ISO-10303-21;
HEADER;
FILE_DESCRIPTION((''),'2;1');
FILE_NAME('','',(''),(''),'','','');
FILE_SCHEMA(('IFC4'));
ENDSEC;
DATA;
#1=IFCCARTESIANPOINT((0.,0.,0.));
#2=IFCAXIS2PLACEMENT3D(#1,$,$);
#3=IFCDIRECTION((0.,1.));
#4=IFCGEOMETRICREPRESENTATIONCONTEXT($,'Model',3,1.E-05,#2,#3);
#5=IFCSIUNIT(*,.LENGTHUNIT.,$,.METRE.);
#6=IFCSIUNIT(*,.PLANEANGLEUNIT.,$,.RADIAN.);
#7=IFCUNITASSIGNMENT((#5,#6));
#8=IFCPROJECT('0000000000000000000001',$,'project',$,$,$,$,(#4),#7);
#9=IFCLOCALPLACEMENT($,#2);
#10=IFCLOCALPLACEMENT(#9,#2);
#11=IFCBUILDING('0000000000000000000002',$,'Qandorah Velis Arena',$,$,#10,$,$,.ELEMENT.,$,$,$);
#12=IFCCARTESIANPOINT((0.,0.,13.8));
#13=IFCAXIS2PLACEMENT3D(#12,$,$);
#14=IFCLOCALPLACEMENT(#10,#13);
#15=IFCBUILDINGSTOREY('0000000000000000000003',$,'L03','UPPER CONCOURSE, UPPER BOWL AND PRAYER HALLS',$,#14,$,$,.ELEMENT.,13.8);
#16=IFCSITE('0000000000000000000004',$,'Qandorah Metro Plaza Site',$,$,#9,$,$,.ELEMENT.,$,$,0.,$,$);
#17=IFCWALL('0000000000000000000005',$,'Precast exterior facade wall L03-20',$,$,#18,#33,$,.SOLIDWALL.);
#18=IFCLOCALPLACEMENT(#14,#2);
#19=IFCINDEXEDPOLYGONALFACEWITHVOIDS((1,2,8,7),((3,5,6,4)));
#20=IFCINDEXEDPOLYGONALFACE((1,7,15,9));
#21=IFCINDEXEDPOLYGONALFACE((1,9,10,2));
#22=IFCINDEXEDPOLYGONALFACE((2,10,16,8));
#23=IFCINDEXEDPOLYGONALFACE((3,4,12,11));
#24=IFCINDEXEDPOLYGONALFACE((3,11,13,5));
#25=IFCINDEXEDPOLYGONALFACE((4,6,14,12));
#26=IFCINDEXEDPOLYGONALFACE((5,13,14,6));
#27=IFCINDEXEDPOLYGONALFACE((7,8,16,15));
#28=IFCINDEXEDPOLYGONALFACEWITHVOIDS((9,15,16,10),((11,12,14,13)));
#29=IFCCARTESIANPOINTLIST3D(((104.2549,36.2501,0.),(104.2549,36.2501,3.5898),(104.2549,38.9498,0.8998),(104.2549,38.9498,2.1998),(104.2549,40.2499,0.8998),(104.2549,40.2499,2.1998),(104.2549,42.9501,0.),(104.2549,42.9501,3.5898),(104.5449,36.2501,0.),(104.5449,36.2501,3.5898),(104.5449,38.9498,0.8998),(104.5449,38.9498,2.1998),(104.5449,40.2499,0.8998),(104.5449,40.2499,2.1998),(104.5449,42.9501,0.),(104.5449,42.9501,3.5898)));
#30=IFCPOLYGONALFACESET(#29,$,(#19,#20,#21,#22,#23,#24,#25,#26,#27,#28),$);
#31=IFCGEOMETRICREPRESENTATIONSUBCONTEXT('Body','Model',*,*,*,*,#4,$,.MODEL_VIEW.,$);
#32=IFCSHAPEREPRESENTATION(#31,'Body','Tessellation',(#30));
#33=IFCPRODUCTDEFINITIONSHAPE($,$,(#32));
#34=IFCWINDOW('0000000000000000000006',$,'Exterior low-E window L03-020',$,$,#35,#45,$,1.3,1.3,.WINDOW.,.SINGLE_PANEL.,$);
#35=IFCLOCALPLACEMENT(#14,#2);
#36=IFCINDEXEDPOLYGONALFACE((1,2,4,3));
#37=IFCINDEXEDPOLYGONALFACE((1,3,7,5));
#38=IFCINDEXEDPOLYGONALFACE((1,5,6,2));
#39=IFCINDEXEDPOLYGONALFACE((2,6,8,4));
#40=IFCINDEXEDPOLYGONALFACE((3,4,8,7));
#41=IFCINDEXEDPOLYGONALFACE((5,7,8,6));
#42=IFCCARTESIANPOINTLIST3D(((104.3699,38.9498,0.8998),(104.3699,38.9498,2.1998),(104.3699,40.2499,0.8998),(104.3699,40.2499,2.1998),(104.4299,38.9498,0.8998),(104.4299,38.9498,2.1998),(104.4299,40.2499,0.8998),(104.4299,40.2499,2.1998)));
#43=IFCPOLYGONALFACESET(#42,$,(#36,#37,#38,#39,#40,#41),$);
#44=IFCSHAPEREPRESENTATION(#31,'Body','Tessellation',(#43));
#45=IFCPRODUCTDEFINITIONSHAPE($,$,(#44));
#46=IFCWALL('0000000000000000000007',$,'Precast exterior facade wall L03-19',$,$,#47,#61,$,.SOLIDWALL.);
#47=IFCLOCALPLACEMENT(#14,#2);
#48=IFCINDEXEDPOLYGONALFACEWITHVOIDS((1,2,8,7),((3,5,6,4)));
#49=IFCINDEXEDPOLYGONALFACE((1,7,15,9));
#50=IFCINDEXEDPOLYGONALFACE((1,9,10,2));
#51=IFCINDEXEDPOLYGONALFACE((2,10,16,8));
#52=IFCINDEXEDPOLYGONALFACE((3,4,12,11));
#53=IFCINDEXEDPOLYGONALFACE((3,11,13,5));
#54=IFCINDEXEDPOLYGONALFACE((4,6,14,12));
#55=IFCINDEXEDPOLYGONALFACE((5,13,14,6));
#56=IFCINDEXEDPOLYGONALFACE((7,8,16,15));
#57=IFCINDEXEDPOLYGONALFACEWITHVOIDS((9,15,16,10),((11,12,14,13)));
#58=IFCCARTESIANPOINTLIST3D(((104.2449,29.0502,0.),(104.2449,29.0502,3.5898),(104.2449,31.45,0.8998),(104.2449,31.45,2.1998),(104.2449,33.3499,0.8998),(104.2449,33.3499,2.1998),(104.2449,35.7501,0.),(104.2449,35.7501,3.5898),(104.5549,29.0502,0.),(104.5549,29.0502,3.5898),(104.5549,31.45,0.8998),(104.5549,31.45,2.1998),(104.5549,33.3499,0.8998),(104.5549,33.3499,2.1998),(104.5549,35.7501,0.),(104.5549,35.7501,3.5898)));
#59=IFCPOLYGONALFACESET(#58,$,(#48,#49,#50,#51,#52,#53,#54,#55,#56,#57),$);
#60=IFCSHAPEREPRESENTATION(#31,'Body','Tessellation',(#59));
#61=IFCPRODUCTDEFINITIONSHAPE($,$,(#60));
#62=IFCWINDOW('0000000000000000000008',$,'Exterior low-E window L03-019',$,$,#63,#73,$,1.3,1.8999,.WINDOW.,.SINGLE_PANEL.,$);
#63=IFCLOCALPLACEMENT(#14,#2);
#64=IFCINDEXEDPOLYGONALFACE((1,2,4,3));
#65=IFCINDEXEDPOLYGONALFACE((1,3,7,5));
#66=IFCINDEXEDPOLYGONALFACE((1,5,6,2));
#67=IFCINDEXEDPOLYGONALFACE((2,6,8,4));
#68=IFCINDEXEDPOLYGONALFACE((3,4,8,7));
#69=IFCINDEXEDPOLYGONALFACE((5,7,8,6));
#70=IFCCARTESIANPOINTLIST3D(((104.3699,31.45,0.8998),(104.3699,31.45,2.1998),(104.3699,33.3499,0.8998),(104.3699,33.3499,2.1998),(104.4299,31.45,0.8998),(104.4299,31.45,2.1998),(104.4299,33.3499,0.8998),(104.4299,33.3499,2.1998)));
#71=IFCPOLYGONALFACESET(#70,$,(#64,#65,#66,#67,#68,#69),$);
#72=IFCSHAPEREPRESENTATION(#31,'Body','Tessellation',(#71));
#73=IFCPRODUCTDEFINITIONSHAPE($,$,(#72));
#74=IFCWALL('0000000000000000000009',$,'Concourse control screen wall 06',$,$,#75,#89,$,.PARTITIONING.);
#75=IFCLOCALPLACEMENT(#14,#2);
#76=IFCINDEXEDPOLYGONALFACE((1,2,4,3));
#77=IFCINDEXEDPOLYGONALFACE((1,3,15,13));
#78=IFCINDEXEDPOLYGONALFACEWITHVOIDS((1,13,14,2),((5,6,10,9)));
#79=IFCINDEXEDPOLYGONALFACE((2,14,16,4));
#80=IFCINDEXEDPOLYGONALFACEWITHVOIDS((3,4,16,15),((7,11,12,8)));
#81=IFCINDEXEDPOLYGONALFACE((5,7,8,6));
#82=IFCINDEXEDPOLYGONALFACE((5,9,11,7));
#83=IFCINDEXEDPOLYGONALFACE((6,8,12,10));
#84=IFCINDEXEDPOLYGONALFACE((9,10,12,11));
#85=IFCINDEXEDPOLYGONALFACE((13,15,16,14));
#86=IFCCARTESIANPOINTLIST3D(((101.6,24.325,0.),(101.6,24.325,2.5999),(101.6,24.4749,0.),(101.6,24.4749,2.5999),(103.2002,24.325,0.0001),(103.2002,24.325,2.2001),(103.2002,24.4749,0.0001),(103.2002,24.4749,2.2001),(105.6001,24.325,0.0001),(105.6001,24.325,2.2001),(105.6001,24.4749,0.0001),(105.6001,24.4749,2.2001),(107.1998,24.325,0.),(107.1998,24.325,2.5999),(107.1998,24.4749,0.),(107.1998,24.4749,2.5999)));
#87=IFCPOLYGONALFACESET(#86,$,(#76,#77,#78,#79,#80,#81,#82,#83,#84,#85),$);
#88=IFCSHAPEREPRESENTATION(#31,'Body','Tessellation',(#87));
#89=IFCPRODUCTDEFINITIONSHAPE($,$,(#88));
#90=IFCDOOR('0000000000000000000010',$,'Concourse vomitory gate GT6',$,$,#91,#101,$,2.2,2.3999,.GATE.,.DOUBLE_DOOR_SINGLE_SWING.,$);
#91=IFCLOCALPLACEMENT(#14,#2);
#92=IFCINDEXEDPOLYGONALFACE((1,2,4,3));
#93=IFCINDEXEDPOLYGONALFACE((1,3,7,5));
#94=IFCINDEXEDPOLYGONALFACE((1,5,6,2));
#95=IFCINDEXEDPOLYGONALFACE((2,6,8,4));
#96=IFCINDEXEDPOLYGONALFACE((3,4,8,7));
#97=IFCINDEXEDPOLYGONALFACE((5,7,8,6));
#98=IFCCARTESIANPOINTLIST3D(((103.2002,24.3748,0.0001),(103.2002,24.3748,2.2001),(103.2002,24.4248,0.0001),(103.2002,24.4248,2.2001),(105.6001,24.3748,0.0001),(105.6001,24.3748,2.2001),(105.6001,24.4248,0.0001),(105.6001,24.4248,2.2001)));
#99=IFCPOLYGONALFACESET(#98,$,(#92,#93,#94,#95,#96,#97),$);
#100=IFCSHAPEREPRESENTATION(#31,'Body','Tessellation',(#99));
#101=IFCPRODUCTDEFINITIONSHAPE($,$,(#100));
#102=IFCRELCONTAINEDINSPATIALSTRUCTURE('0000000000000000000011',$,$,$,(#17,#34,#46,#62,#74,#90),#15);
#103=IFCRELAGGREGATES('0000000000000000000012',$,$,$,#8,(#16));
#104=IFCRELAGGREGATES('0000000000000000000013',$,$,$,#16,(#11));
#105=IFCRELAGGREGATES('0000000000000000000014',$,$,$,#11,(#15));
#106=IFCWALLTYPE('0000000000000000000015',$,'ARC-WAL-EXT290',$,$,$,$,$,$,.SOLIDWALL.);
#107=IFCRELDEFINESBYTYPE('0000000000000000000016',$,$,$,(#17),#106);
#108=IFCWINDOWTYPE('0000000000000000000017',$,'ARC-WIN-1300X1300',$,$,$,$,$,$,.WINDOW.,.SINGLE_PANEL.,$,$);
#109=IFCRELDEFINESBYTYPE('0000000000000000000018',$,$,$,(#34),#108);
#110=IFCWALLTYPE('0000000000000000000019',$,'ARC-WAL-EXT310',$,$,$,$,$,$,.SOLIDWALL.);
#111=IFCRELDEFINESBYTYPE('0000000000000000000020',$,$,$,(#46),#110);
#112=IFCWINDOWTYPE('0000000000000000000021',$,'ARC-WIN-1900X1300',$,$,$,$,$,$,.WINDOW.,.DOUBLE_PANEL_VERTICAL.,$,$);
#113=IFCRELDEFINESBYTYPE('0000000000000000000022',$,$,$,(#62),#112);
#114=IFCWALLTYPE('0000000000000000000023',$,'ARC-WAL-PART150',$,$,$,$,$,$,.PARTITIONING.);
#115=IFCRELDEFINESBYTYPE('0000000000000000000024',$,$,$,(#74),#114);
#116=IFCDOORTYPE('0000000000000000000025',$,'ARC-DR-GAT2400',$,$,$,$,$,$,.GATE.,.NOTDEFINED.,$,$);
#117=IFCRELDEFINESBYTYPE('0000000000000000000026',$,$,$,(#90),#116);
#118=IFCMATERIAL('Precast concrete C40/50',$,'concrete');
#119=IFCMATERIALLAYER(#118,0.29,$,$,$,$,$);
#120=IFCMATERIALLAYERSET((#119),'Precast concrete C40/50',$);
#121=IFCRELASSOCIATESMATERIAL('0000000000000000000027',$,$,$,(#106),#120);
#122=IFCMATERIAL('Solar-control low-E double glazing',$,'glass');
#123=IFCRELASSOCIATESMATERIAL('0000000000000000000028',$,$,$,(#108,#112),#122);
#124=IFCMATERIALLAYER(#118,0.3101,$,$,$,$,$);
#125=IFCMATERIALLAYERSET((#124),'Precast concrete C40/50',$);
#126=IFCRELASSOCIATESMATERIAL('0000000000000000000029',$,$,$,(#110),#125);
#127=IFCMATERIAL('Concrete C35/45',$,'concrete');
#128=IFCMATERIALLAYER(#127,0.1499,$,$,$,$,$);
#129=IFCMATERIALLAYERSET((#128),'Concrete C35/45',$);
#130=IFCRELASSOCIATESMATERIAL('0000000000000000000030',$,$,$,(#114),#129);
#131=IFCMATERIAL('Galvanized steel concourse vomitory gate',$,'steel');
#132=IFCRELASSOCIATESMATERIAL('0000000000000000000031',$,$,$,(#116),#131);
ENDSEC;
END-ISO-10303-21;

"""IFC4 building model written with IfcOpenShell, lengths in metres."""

from ifc_helpers import new_model, si_unit, direction, frame, frame_2d, origin, place, context, subcontext, project, spatial, rectangle, extrude, material, layer, layer_set, type_object, element, fill, save


model = new_model("IFC4")

# Units and contexts
model_context = context("Model", 3, precision=1e-05, world=origin(), true_north=direction((0.0, 1.0)))
body_context = subcontext(model_context, "Body", "Model", "MODEL_VIEW")
ifc_project = project(units=[si_unit("LENGTHUNIT", "METRE"), si_unit("PLANEANGLEUNIT", "RADIAN")], contexts=[model_context])

# Site, building, storey
site_placement = place(None, origin())
site = spatial("IfcSite", under=ifc_project, at=site_placement, Name="Qandorah Metro Plaza Site", CompositionType="ELEMENT", RefElevation=0.0)
building_placement = place(site_placement, origin())
building = spatial("IfcBuilding", under=site, at=building_placement, Name="Qandorah Velis Arena", CompositionType="ELEMENT")
storey_placement = place(building_placement, frame((0.0, 0.0, 13.8)))
storey = spatial("IfcBuildingStorey", under=building, at=storey_placement, Name="L03", Description="UPPER CONCOURSE, UPPER BOWL AND PRAYER HALLS", CompositionType="ELEMENT", Elevation=13.8)

# Walls, openings, windows
ifc_material_1 = material(Name="Precast concrete C40/50", Category="concrete")
ifc_layer_1 = layer(ifc_material_1, 0.29)
ifc_layer_set_1 = layer_set([ifc_layer_1], Name="Precast concrete C40/50")
wall_type_1 = type_object("IfcWallType", Name="ARC-WAL-EXT290", PredefinedType="SOLIDWALL", material=ifc_layer_set_1)
wall_1_placement = place(storey_placement, frame((104.3999, 36.25, 0.0), z_axis=(0.0, 0.0, 1.0), x_axis=(0.0, 1.0, 0.0)))
wall_1 = element("IfcWall", 1, at=wall_1_placement, inside=storey, type_object=wall_type_1, Name="Precast exterior facade wall L03-20", PredefinedType="SOLIDWALL", context=body_context, shape_type="SweptSolid", body=[
    extrude(rectangle(XDim=6.7, YDim=0.29, at=frame_2d((3.3501, 0.0))), origin(), (0.0, 0.0, 1.0), 3.5898),
])
opening_1_placement = place(wall_1_placement, frame((2.7, 0.0, 0.8999)))
opening_1 = element("IfcOpeningElement", 2, at=opening_1_placement, cuts=wall_1, PredefinedType="OPENING", context=body_context, shape_type="SweptSolid", body=[
    extrude(rectangle(XDim=1.3, YDim=1.3, at=frame_2d((0.6499, 0.6499))), frame((0.0, 0.155, 0.0), z_axis=(0.0, -1.0, 0.0), x_axis=(1.0, 0.0, 0.0)), (0.0, 0.0, 1.0), 0.3101),
])
ifc_material_2 = material(Name="Solar-control low-E double glazing", Category="glass")
window_type_1 = type_object("IfcWindowType", Name="ARC-WIN-1300X1300", PartitioningType="SINGLE_PANEL", PredefinedType="WINDOW", material=ifc_material_2)
window_1_placement = place(opening_1_placement, origin())
window_1 = element("IfcWindow", 3, at=window_1_placement, inside=storey, type_object=window_type_1, Name="Exterior low-E window L03-020", OverallHeight=1.3, OverallWidth=1.3, PartitioningType="SINGLE_PANEL", PredefinedType="WINDOW", context=body_context, shape_type="SweptSolid", body=[
    extrude(rectangle(XDim=1.3, YDim=1.3, at=frame_2d((0.6499, 0.6499))), frame((0.0, 0.03, 0.0), z_axis=(0.0, -1.0, 0.0), x_axis=(1.0, 0.0, 0.0)), (0.0, 0.0, 1.0), 0.0601),
])
fill(opening_1, window_1)
ifc_layer_2 = layer(ifc_material_1, 0.3101)
ifc_layer_set_2 = layer_set([ifc_layer_2], Name="Precast concrete C40/50")
wall_type_2 = type_object("IfcWallType", Name="ARC-WAL-EXT310", PredefinedType="SOLIDWALL", material=ifc_layer_set_2)
wall_2_placement = place(storey_placement, frame((104.3999, 29.05, 0.0), z_axis=(0.0, 0.0, 1.0), x_axis=(0.0, 1.0, 0.0)))
wall_2 = element("IfcWall", 4, at=wall_2_placement, inside=storey, type_object=wall_type_2, Name="Precast exterior facade wall L03-19", PredefinedType="SOLIDWALL", context=body_context, shape_type="SweptSolid", body=[
    extrude(rectangle(XDim=6.7, YDim=0.3101, at=frame_2d((3.3501, 0.0))), origin(), (0.0, 0.0, 1.0), 3.5898),
])
opening_2_placement = place(wall_2_placement, frame((2.3999, 0.0, 0.8999)))
opening_2 = element("IfcOpeningElement", 5, at=opening_2_placement, cuts=wall_2, PredefinedType="OPENING", context=body_context, shape_type="SweptSolid", body=[
    extrude(rectangle(XDim=1.8999, YDim=1.3, at=frame_2d((0.95, 0.6499))), frame((0.0, 0.165, 0.0), z_axis=(0.0, -1.0, 0.0), x_axis=(1.0, 0.0, 0.0)), (0.0, 0.0, 1.0), 0.3301),
])
window_type_2 = type_object("IfcWindowType", Name="ARC-WIN-1900X1300", PartitioningType="DOUBLE_PANEL_VERTICAL", PredefinedType="WINDOW", material=ifc_material_2)
window_2_placement = place(opening_2_placement, origin())
window_2 = element("IfcWindow", 6, at=window_2_placement, inside=storey, type_object=window_type_2, Name="Exterior low-E window L03-019", OverallHeight=1.3, OverallWidth=1.8999, PartitioningType="SINGLE_PANEL", PredefinedType="WINDOW", context=body_context, shape_type="SweptSolid", body=[
    extrude(rectangle(XDim=1.8999, YDim=1.3, at=frame_2d((0.95, 0.6499))), frame((0.0, 0.03, 0.0), z_axis=(0.0, -1.0, 0.0), x_axis=(1.0, 0.0, 0.0)), (0.0, 0.0, 1.0), 0.0601),
])
fill(opening_2, window_2)

# Wall, opening, door
ifc_material_3 = material(Name="Concrete C35/45", Category="concrete")
ifc_layer_3 = layer(ifc_material_3, 0.1499)
ifc_layer_set_3 = layer_set([ifc_layer_3], Name="Concrete C35/45")
wall_type_3 = type_object("IfcWallType", Name="ARC-WAL-PART150", PredefinedType="PARTITIONING", material=ifc_layer_set_3)
wall_3_placement = place(storey_placement, frame((101.6001, 24.3999, 0.0), z_axis=(0.0, 0.0, 1.0), x_axis=(1.0, 0.0, 0.0)))
wall_3 = element("IfcWall", 7, at=wall_3_placement, inside=storey, type_object=wall_type_3, Name="Concourse control screen wall 06", PredefinedType="PARTITIONING", context=body_context, shape_type="SweptSolid", body=[
    extrude(rectangle(XDim=5.5999, YDim=0.1499, at=frame_2d((2.7998, 0.0))), origin(), (0.0, 0.0, 1.0), 2.5999),
])
opening_3_placement = place(wall_3_placement, frame((1.6001, 0.0, 0.0)))
opening_3 = element("IfcOpeningElement", 8, at=opening_3_placement, cuts=wall_3, PredefinedType="OPENING", context=body_context, shape_type="SweptSolid", body=[
    extrude(rectangle(XDim=2.3999, YDim=2.2, at=frame_2d((1.2, 1.1001))), frame((0.0, 0.085, 0.0), z_axis=(0.0, -1.0, 0.0), x_axis=(1.0, 0.0, 0.0)), (0.0, 0.0, 1.0), 0.1699),
])
ifc_material_4 = material(Name="Galvanized steel concourse vomitory gate", Category="steel")
door_type = type_object("IfcDoorType", Name="ARC-DR-GAT2400", OperationType="NOTDEFINED", PredefinedType="GATE", material=ifc_material_4)
door_placement = place(opening_3_placement, origin())
door = element("IfcDoor", 9, at=door_placement, inside=storey, type_object=door_type, Name="Concourse vomitory gate GT6", OperationType="DOUBLE_DOOR_SINGLE_SWING", OverallHeight=2.2, OverallWidth=2.3999, PredefinedType="GATE", context=body_context, shape_type="SweptSolid", body=[
    extrude(rectangle(XDim=2.3999, YDim=2.2, at=frame_2d((1.2, 1.1001))), frame((0.0, 0.0249, 0.0), z_axis=(0.0, -1.0, 0.0), x_axis=(1.0, 0.0, 0.0)), (0.0, 0.0, 1.0), 0.05),
])
fill(opening_3, door)

save(model, "model.ifc")
